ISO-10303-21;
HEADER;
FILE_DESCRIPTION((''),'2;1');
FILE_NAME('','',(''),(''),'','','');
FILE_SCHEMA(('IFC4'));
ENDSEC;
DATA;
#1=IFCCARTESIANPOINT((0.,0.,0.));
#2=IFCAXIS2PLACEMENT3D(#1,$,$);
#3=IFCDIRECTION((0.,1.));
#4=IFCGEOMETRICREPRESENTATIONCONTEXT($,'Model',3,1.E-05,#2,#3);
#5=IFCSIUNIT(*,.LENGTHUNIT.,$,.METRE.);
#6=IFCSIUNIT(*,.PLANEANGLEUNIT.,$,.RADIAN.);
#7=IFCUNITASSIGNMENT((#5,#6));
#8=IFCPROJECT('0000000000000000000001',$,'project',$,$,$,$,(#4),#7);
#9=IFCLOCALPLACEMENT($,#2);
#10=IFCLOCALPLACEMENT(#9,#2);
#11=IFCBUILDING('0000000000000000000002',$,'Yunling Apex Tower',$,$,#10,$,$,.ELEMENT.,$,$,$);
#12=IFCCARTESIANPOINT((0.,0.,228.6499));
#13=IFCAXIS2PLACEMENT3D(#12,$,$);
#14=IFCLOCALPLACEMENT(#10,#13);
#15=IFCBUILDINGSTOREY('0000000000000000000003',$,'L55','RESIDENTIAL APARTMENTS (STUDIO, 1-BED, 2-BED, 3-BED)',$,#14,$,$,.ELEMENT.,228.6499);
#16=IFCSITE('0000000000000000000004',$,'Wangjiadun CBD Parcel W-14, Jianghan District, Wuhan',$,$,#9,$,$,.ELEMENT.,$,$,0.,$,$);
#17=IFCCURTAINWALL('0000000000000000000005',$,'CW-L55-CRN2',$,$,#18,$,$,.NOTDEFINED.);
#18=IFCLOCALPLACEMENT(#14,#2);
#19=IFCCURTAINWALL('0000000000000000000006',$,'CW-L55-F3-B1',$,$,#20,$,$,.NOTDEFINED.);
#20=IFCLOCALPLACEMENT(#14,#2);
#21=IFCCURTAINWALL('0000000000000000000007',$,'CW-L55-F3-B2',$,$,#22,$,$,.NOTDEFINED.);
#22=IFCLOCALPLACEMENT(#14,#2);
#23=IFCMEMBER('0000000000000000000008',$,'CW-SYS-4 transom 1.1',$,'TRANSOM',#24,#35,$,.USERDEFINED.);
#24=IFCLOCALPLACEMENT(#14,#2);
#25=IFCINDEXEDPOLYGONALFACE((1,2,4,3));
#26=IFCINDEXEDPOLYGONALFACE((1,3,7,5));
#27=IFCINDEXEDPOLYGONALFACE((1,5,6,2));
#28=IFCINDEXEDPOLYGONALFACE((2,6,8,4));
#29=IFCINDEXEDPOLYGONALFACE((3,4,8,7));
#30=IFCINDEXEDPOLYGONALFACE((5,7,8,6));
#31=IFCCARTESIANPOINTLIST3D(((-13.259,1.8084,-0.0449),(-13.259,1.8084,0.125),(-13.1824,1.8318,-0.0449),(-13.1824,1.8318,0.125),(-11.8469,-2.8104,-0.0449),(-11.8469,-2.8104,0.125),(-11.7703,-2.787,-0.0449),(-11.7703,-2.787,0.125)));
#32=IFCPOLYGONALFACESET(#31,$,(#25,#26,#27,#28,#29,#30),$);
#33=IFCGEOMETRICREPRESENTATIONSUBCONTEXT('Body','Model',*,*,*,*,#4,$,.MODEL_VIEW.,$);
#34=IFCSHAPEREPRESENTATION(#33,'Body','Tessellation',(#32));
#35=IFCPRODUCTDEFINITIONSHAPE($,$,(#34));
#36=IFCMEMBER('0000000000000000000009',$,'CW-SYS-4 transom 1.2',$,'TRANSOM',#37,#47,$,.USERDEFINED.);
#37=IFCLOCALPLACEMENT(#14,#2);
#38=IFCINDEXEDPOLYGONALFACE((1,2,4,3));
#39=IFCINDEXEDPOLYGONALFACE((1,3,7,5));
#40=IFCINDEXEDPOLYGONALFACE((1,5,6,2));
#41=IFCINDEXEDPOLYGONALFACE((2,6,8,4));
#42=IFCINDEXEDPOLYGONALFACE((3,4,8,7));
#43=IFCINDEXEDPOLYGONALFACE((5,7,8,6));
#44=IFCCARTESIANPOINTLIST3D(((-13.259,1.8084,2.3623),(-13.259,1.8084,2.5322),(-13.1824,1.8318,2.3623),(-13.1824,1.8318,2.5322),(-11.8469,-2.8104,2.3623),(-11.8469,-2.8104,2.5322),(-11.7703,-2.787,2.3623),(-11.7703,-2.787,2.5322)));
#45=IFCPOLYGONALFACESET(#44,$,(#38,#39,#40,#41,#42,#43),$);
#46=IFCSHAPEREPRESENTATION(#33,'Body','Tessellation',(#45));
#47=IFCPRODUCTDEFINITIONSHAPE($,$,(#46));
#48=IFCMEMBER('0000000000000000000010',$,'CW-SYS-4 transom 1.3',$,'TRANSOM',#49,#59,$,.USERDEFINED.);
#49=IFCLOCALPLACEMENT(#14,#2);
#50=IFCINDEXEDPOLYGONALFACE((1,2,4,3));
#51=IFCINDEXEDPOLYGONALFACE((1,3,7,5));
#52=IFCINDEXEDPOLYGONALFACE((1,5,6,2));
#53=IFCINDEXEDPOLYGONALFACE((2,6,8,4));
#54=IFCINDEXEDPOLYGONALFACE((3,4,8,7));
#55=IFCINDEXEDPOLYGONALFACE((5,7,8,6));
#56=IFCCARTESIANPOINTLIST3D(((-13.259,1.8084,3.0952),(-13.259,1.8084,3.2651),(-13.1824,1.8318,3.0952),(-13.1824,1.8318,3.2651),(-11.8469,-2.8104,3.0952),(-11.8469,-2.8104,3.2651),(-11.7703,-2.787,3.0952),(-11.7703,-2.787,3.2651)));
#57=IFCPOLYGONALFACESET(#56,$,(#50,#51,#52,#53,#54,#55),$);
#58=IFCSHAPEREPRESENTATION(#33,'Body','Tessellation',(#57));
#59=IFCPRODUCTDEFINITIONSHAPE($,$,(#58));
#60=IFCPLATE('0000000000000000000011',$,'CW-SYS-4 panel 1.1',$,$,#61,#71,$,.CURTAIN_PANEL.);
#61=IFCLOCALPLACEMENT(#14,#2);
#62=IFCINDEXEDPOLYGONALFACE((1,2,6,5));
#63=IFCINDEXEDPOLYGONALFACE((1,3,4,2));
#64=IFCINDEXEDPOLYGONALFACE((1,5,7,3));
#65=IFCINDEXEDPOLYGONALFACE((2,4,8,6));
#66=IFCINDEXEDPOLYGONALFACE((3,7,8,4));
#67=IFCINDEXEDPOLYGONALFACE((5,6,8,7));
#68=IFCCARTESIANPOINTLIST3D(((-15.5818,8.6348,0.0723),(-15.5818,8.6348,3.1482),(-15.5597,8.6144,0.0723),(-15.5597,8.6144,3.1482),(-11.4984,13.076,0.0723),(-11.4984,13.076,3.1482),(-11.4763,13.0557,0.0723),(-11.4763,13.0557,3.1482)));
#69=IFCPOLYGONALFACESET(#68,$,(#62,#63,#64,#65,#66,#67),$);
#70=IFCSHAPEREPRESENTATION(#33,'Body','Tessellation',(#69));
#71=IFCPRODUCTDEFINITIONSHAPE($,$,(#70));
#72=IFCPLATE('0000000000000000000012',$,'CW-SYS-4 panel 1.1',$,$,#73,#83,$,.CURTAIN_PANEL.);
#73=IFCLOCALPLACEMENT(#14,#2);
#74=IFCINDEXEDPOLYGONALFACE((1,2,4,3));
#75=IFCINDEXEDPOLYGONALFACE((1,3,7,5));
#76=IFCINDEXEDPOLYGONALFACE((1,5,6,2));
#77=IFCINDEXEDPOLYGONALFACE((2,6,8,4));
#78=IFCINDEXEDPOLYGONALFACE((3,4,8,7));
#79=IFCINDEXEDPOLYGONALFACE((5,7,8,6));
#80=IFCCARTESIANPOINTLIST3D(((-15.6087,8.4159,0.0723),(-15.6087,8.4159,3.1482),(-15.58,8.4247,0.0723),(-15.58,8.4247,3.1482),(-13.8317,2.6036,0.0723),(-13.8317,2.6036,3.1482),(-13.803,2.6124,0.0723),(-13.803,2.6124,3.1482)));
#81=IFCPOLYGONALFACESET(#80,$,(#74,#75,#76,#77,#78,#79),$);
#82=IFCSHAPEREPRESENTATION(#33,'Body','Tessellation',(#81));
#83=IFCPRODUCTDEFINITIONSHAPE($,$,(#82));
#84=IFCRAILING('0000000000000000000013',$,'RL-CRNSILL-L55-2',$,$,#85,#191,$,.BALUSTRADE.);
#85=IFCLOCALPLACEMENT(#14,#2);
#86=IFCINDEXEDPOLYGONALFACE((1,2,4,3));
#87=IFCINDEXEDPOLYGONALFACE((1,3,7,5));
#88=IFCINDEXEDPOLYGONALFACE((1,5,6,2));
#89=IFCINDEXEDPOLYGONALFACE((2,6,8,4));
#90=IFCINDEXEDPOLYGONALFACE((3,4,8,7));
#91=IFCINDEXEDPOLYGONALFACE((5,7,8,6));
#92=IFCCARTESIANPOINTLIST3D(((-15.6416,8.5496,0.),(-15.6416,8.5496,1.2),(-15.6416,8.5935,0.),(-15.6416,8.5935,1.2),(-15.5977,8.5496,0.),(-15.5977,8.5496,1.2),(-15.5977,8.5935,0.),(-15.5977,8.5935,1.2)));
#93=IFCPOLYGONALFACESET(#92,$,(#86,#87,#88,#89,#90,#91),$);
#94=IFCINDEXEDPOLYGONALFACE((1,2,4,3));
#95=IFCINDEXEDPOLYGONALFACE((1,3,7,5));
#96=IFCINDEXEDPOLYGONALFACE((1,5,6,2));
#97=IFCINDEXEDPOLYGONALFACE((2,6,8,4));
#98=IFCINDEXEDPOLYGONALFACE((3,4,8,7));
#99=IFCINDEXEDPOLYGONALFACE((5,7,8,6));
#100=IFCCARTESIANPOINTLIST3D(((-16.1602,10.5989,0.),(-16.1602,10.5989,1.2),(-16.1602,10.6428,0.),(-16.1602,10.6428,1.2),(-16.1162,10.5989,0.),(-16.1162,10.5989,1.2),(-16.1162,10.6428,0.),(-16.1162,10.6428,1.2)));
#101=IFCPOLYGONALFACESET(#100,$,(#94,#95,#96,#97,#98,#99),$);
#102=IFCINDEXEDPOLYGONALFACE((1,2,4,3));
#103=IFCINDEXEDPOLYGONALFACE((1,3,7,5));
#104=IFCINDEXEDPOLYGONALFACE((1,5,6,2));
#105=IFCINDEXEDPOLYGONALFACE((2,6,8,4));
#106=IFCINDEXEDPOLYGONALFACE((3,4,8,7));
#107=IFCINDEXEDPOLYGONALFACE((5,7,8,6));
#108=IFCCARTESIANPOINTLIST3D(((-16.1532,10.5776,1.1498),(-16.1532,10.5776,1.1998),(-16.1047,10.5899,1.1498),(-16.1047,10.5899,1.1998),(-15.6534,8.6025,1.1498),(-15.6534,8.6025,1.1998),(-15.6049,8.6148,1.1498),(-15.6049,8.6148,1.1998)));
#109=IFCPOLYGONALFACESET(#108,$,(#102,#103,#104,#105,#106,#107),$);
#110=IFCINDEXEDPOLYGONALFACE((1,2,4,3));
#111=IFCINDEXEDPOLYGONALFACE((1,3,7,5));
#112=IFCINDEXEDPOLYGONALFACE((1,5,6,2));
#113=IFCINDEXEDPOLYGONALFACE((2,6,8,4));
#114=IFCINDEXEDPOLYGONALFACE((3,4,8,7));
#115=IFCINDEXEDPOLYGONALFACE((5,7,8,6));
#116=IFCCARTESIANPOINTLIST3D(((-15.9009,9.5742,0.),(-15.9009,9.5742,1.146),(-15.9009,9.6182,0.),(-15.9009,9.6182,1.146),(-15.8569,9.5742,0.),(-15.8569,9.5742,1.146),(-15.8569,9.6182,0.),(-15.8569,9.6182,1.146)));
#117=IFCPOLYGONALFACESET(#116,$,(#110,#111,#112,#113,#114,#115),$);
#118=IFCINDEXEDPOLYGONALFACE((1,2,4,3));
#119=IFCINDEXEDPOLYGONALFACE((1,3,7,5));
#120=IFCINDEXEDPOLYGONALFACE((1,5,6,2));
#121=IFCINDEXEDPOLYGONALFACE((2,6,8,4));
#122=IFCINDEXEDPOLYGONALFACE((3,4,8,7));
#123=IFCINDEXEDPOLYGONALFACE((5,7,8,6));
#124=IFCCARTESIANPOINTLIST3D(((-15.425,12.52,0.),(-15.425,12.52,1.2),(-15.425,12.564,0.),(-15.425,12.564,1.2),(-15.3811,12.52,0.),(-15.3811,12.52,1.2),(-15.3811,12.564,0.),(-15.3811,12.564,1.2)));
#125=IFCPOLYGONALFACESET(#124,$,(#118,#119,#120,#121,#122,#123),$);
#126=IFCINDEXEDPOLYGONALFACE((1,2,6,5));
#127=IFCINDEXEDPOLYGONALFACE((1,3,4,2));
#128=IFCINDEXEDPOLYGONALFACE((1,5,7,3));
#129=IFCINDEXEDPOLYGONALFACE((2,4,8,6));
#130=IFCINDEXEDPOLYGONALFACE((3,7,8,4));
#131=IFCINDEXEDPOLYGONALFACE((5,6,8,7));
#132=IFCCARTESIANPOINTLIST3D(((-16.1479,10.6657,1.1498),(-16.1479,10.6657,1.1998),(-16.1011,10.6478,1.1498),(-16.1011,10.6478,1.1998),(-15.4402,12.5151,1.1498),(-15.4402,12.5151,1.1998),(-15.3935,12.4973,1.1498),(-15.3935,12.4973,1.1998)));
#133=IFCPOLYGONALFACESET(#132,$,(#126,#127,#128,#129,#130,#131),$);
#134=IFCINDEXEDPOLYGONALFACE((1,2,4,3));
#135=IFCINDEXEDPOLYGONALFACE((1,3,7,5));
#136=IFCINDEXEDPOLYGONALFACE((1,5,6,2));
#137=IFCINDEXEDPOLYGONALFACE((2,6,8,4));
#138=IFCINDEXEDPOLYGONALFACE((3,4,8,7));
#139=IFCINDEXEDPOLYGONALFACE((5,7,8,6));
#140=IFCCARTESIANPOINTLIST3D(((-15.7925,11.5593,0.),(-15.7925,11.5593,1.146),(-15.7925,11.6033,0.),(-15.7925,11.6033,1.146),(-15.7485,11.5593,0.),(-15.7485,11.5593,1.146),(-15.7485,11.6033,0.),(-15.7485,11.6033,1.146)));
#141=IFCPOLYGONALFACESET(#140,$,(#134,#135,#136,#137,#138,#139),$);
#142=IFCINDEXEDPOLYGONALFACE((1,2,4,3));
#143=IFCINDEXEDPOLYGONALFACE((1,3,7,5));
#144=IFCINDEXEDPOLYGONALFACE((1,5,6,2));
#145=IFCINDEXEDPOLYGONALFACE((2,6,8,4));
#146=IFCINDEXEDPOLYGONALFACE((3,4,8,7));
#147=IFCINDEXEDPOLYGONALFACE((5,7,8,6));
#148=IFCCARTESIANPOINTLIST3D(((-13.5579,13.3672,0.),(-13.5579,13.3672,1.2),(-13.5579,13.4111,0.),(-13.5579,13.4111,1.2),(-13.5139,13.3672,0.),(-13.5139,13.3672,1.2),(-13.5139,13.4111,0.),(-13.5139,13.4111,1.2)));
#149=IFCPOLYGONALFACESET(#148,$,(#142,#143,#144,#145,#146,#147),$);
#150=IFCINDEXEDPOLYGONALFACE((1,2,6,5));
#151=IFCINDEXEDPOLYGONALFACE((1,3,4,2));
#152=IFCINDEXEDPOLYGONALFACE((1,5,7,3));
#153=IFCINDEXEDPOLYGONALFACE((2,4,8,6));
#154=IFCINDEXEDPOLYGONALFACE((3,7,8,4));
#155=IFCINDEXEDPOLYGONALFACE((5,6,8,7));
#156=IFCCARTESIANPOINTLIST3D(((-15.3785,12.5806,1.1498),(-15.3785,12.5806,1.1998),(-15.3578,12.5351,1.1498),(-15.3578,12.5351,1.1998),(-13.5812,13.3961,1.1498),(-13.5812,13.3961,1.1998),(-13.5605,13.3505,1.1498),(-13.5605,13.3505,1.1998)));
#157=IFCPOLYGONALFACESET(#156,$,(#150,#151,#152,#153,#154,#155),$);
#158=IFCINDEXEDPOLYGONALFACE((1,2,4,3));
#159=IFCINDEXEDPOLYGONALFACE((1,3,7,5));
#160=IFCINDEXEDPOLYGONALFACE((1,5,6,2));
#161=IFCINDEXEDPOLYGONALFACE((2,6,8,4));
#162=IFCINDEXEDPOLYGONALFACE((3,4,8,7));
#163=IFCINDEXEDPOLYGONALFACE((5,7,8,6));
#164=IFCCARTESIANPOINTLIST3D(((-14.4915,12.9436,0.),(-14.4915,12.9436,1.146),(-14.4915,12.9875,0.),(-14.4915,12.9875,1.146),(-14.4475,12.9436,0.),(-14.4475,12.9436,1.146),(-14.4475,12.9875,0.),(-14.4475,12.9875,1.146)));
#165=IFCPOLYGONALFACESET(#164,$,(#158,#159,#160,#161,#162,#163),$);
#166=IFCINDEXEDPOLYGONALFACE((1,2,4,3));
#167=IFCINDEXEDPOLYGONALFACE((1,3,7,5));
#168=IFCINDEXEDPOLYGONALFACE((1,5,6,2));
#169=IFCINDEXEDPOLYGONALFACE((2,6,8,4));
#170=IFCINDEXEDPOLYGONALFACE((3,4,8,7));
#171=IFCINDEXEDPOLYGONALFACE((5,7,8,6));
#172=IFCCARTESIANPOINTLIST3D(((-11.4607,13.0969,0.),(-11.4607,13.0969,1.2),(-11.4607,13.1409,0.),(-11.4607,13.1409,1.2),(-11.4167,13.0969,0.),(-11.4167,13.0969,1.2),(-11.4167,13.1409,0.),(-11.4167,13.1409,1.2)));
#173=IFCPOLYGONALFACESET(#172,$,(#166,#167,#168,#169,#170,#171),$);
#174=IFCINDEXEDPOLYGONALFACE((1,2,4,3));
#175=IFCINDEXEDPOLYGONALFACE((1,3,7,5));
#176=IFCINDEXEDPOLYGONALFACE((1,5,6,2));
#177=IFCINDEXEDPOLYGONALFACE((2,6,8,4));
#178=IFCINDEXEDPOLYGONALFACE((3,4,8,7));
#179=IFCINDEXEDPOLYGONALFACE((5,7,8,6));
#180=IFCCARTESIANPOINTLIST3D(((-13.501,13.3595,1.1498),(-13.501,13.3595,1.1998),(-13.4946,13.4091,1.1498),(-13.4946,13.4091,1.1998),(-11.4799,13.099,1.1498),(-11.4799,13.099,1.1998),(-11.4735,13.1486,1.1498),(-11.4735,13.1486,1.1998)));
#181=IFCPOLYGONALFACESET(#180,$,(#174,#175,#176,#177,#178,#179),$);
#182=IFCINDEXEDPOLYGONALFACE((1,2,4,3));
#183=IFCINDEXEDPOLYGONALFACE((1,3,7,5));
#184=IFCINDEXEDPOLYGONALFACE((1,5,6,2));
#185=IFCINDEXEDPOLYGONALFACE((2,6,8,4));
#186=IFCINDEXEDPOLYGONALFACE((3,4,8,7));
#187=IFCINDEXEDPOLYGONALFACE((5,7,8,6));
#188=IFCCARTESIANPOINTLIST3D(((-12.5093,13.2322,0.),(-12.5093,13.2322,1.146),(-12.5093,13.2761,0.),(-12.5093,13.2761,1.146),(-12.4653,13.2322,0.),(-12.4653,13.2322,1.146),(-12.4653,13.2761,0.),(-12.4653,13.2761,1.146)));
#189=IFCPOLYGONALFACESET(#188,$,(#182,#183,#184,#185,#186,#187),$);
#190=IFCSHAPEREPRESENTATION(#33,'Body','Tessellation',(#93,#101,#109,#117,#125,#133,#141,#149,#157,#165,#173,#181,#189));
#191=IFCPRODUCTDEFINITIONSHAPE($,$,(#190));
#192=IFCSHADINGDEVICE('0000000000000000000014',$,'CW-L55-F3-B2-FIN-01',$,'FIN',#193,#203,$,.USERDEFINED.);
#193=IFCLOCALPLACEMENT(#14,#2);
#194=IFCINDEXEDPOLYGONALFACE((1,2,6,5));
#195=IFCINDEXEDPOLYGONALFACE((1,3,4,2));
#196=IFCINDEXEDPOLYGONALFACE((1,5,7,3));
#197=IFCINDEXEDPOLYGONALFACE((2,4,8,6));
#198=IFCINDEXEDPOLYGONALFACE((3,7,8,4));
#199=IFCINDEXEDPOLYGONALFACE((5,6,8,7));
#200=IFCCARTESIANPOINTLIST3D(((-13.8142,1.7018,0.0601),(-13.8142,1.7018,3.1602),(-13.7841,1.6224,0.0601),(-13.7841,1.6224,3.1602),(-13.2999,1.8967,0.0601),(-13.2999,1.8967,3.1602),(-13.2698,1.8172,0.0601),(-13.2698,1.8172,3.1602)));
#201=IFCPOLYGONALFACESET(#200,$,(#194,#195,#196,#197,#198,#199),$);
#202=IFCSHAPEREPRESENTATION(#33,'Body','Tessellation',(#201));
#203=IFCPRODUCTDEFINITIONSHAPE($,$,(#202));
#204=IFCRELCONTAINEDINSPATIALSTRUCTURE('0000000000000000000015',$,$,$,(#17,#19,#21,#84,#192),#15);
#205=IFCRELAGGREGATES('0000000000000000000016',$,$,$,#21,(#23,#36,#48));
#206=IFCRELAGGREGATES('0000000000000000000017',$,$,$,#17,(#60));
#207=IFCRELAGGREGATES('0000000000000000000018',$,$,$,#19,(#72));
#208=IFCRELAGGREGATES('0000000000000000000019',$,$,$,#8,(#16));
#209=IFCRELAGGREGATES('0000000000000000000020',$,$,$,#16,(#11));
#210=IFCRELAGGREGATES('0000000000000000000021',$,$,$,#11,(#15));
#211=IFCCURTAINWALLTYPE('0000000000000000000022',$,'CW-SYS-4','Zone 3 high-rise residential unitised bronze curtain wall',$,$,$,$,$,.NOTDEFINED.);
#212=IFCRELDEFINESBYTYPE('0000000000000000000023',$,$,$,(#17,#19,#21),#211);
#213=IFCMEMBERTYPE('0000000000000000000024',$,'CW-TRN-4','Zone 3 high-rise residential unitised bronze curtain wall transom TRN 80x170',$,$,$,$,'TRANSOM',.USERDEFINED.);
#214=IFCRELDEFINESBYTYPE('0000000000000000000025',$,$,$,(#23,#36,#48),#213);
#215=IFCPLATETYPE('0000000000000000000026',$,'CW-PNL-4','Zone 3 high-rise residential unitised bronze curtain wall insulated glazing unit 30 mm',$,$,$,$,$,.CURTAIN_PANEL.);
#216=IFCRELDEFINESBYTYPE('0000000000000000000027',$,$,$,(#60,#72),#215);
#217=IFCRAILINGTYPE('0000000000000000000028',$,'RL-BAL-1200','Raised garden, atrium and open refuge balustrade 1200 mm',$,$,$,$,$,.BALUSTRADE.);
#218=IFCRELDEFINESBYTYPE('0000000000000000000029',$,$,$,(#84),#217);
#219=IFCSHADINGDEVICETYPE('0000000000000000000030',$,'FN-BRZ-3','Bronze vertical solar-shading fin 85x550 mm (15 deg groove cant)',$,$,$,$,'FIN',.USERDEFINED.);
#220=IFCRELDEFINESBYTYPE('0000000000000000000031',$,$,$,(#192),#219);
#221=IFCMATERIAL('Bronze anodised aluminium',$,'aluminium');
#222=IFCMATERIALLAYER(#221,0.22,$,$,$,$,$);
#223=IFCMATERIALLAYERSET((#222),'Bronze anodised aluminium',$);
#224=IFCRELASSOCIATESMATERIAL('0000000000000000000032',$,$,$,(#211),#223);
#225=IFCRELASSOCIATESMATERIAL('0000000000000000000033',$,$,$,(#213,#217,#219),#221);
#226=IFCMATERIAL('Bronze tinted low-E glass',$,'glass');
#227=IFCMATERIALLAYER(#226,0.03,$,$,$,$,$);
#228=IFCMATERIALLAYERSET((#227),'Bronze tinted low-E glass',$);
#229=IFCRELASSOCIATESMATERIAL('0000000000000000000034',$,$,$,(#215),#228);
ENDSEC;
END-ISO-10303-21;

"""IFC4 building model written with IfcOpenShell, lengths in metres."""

from ifc_helpers import new_model, si_unit, direction, frame, origin, origin_2d, place, context, subcontext, project, spatial, rectangle, extrude, source, transform, mapped, material, layer, layer_set, material_profile, profile_set, type_object, element, aggregate, save


model = new_model("IFC4")

# Units and contexts
model_context = context("Model", 3, precision=1e-05, world=origin(), true_north=direction((0.0, 1.0)))
body_context = subcontext(model_context, "Body", "Model", "MODEL_VIEW")
ifc_project = project(units=[si_unit("LENGTHUNIT", "METRE"), si_unit("PLANEANGLEUNIT", "RADIAN")], contexts=[model_context])

# Site, building, storey
site_placement = place(None, origin())
site = spatial("IfcSite", under=ifc_project, at=site_placement, Name="Wangjiadun CBD Parcel W-14, Jianghan District, Wuhan", CompositionType="ELEMENT", RefElevation=0.0)
building_placement = place(site_placement, origin())
building = spatial("IfcBuilding", under=site, at=building_placement, Name="Yunling Apex Tower", CompositionType="ELEMENT")
storey_placement = place(building_placement, frame((0.0, 0.0, 228.6499)))
storey = spatial("IfcBuildingStorey", under=building, at=storey_placement, Name="L55", Description="RESIDENTIAL APARTMENTS (STUDIO, 1-BED, 2-BED, 3-BED)", CompositionType="ELEMENT", Elevation=228.6499)

# Shared definitions
ifc_material_1 = material(Name="Bronze anodised aluminium", Category="aluminium")
ifc_layer_1 = layer(ifc_material_1, 0.22)
ifc_layer_set_1 = layer_set([ifc_layer_1], Name="Bronze anodised aluminium")
curtain_wall_type = type_object("IfcCurtainWallType", Name="CW-SYS-4", Description="Zone 3 high-rise residential unitised bronze curtain wall", PredefinedType="NOTDEFINED", material=ifc_layer_set_1)

# Curtain walls
curtain_wall_1_placement = place(storey_placement, origin())
curtain_wall_1 = element("IfcCurtainWall", 1, at=curtain_wall_1_placement, inside=storey, type_object=curtain_wall_type, Name="CW-L55-CRN2", PredefinedType="NOTDEFINED")
curtain_wall_2_placement = place(storey_placement, origin())
curtain_wall_2 = element("IfcCurtainWall", 2, at=curtain_wall_2_placement, inside=storey, type_object=curtain_wall_type, Name="CW-L55-F3-B1", PredefinedType="NOTDEFINED")

# Curtain wall
curtain_wall_3_placement = place(storey_placement, origin())
curtain_wall_3 = element("IfcCurtainWall", 3, at=curtain_wall_3_placement, inside=storey, type_object=curtain_wall_type, Name="CW-L55-F3-B2", PredefinedType="NOTDEFINED")

# Members
ifc_material_profile_1 = material_profile(ifc_material_1, rectangle(XDim=0.0801, YDim=0.1699, at=origin_2d()))
ifc_profile_set_1 = profile_set([ifc_material_profile_1], Name="Bronze anodised aluminium")
member_type_1 = type_object("IfcMemberType", Name="CW-TRN-4", Description="Zone 3 high-rise residential unitised bronze curtain wall transom TRN 80x170", ElementType="TRANSOM", PredefinedType="USERDEFINED", material=ifc_profile_set_1)
shared_shape_1 = source(origin(), body_context, "Body", "SweptSolid", [
    extrude(rectangle(XDim=0.0801, YDim=0.1699, at=origin_2d()), origin(), (0.0, 0.0, 1.0), 4.8298),
])
member_1_placement = place(storey_placement, frame((-13.2207, 1.8201, 0.04), z_axis=(0.292366, -0.956306, 0.0), x_axis=(0.956306, 0.292366, 0.0)))
member_1 = element("IfcMember", 4, at=member_1_placement, type_object=member_type_1, Name="CW-SYS-4 transom 1.1", ObjectType="TRANSOM", PredefinedType="USERDEFINED", context=body_context, shape_type="MappedRepresentation", body=[
    mapped(shared_shape_1, transform((0.0, 0.0, 0.0), scale=1.0)),
])
member_2_placement = place(storey_placement, frame((-13.2207, 1.8201, 2.4473), z_axis=(0.292366, -0.956306, 0.0), x_axis=(0.956306, 0.292366, 0.0)))
member_2 = element("IfcMember", 5, at=member_2_placement, type_object=member_type_1, Name="CW-SYS-4 transom 1.2", ObjectType="TRANSOM", PredefinedType="USERDEFINED", context=body_context, shape_type="MappedRepresentation", body=[
    mapped(shared_shape_1, transform((0.0, 0.0, 0.0), scale=1.0)),
])
member_3_placement = place(storey_placement, frame((-13.2207, 1.8201, 3.1802), z_axis=(0.292366, -0.956306, 0.0), x_axis=(0.956306, 0.292366, 0.0)))
member_3 = element("IfcMember", 6, at=member_3_placement, type_object=member_type_1, Name="CW-SYS-4 transom 1.3", ObjectType="TRANSOM", PredefinedType="USERDEFINED", context=body_context, shape_type="MappedRepresentation", body=[
    mapped(shared_shape_1, transform((0.0, 0.0, 0.0), scale=1.0)),
])
aggregate(curtain_wall_3, [member_1, member_2, member_3])

# Plates
ifc_material_2 = material(Name="Bronze tinted low-E glass", Category="glass")
ifc_layer_2 = layer(ifc_material_2, 0.03)
ifc_layer_set_2 = layer_set([ifc_layer_2], Name="Bronze tinted low-E glass")
plate_type = type_object("IfcPlateType", Name="CW-PNL-4", Description="Zone 3 high-rise residential unitised bronze curtain wall insulated glazing unit 30 mm", PredefinedType="CURTAIN_PANEL", material=ifc_layer_set_2)
shared_shape_2 = source(origin(), body_context, "Body", "SweptSolid", [
    extrude(rectangle(XDim=6.0332, YDim=0.03, at=origin_2d()), origin(), (0.0, 0.0, 1.0), 3.0759),
])
plate_1_placement = place(storey_placement, frame((-13.5291, 10.8452, 0.0723), z_axis=(0.0, 0.0, 1.0), x_axis=(-0.676836, -0.736134, 0.0)))
plate_1 = element("IfcPlate", 7, at=plate_1_placement, type_object=plate_type, Name="CW-SYS-4 panel 1.1", PredefinedType="CURTAIN_PANEL", context=body_context, shape_type="MappedRepresentation", body=[
    mapped(shared_shape_2, transform((0.0, 0.0, 0.0), scale=1.0)),
])
aggregate(curtain_wall_1, [plate_1])
shared_shape_3 = source(origin(), body_context, "Body", "SweptSolid", [
    extrude(rectangle(XDim=6.0779, YDim=0.03, at=origin_2d()), origin(), (0.0, 0.0, 1.0), 3.0759),
])
plate_2_placement = place(storey_placement, frame((-14.7058, 5.5142, 0.0723), z_axis=(0.0, 0.0, 1.0), x_axis=(0.292372, -0.956305, 0.0)))
plate_2 = element("IfcPlate", 8, at=plate_2_placement, type_object=plate_type, Name="CW-SYS-4 panel 1.1", PredefinedType="CURTAIN_PANEL", context=body_context, shape_type="MappedRepresentation", body=[
    mapped(shared_shape_3, transform((0.0, 0.0, 0.0), scale=1.0)),
])
aggregate(curtain_wall_2, [plate_2])

# Railing
railing_type = type_object("IfcRailingType", Name="RL-BAL-1200", Description="Raised garden, atrium and open refuge balustrade 1200 mm", PredefinedType="BALUSTRADE", material=ifc_material_1)
railing_placement = place(storey_placement, frame((-15.6196, 8.5715, 0.0)))
element("IfcRailing", 9, at=railing_placement, inside=storey, type_object=railing_type, Name="RL-CRNSILL-L55-2", PredefinedType="BALUSTRADE", context=body_context, shape_type="SweptSolid", body=[
    extrude(rectangle(XDim=0.0439, YDim=0.0439, at=origin_2d()), origin(), (0.0, 0.0, 1.0), 1.2),
    extrude(rectangle(XDim=0.0439, YDim=0.0439, at=origin_2d()), frame((-0.5186, 2.0493, 0.0)), (0.0, 0.0, 1.0), 1.2),
    extrude(rectangle(XDim=0.05, YDim=0.05, at=origin_2d()), frame((-0.0095, 0.0371, 1.1748), z_axis=(-0.245306, 0.969446, 0.0), x_axis=(-0.969446, -0.245306, 0.0)), (0.0, 0.0, 1.0), 2.0374),
    extrude(rectangle(XDim=0.0439, YDim=0.0439, at=origin_2d()), frame((-0.2593, 1.0247, 0.0)), (0.0, 0.0, 1.0), 1.146),
    extrude(rectangle(XDim=0.0439, YDim=0.0439, at=origin_2d()), frame((0.2166, 3.9705, 0.0)), (0.0, 0.0, 1.0), 1.2),
    extrude(rectangle(XDim=0.05, YDim=0.05, at=origin_2d()), frame((-0.5049, 2.0852, 1.1748), z_axis=(0.357372, 0.933962, 0.0), x_axis=(-0.933962, 0.357372, 0.0)), (0.0, 0.0, 1.0), 1.9802),
    extrude(rectangle(XDim=0.0439, YDim=0.0439, at=origin_2d()), frame((-0.1509, 3.0098, 0.0)), (0.0, 0.0, 1.0), 1.146),
    extrude(rectangle(XDim=0.0439, YDim=0.0439, at=origin_2d()), frame((2.0837, 4.8176, 0.0)), (0.0, 0.0, 1.0), 1.2),
    extrude(rectangle(XDim=0.05, YDim=0.05, at=origin_2d()), frame((0.2515, 3.9863, 1.1748), z_axis=(0.910652, 0.413175, 0.0), x_axis=(-0.413175, 0.910652, 0.0)), (0.0, 0.0, 1.0), 1.9736),
    extrude(rectangle(XDim=0.0439, YDim=0.0439, at=origin_2d()), frame((1.1501, 4.394, 0.0)), (0.0, 0.0, 1.0), 1.146),
    extrude(rectangle(XDim=0.0439, YDim=0.0439, at=origin_2d()), frame((4.1809, 4.5474, 0.0)), (0.0, 0.0, 1.0), 1.2),
    extrude(rectangle(XDim=0.05, YDim=0.05, at=origin_2d()), frame((2.1218, 4.8127, 1.1748), z_axis=(0.991798, -0.127814, 0.0), x_axis=(0.127814, 0.991798, 0.0)), (0.0, 0.0, 1.0), 2.0378),
    extrude(rectangle(XDim=0.0439, YDim=0.0439, at=origin_2d()), frame((3.1323, 4.6826, 0.0)), (0.0, 0.0, 1.0), 1.146),
])

# Shading device
ifc_material_profile_2 = material_profile(ifc_material_1, rectangle(XDim=0.085, YDim=0.55, at=origin_2d()))
ifc_profile_set_2 = profile_set([ifc_material_profile_2], Name="Bronze anodised aluminium")
shading_device_type = type_object("IfcShadingDeviceType", Name="FN-BRZ-3", Description="Bronze vertical solar-shading fin 85x550 mm (15 deg groove cant)", ElementType="FIN", PredefinedType="USERDEFINED", material=ifc_profile_set_2)
shared_shape_4 = source(origin(), body_context, "Body", "SweptSolid", [
    extrude(rectangle(XDim=0.085, YDim=0.55, at=origin_2d()), origin(), (0.0, 0.0, 1.0), 3.1001),
])
shading_device_placement = place(storey_placement, frame((-13.542, 1.7595, 0.0601), z_axis=(0.0, 0.0, 1.0), x_axis=(0.354291, -0.935135, 0.0)))
element("IfcShadingDevice", 10, at=shading_device_placement, inside=storey, type_object=shading_device_type, Name="CW-L55-F3-B2-FIN-01", ObjectType="FIN", PredefinedType="USERDEFINED", context=body_context, shape_type="MappedRepresentation", body=[
    mapped(shared_shape_4, transform((0.0, 0.0, 0.0), scale=1.0)),
])

save(model, "model.ifc")
